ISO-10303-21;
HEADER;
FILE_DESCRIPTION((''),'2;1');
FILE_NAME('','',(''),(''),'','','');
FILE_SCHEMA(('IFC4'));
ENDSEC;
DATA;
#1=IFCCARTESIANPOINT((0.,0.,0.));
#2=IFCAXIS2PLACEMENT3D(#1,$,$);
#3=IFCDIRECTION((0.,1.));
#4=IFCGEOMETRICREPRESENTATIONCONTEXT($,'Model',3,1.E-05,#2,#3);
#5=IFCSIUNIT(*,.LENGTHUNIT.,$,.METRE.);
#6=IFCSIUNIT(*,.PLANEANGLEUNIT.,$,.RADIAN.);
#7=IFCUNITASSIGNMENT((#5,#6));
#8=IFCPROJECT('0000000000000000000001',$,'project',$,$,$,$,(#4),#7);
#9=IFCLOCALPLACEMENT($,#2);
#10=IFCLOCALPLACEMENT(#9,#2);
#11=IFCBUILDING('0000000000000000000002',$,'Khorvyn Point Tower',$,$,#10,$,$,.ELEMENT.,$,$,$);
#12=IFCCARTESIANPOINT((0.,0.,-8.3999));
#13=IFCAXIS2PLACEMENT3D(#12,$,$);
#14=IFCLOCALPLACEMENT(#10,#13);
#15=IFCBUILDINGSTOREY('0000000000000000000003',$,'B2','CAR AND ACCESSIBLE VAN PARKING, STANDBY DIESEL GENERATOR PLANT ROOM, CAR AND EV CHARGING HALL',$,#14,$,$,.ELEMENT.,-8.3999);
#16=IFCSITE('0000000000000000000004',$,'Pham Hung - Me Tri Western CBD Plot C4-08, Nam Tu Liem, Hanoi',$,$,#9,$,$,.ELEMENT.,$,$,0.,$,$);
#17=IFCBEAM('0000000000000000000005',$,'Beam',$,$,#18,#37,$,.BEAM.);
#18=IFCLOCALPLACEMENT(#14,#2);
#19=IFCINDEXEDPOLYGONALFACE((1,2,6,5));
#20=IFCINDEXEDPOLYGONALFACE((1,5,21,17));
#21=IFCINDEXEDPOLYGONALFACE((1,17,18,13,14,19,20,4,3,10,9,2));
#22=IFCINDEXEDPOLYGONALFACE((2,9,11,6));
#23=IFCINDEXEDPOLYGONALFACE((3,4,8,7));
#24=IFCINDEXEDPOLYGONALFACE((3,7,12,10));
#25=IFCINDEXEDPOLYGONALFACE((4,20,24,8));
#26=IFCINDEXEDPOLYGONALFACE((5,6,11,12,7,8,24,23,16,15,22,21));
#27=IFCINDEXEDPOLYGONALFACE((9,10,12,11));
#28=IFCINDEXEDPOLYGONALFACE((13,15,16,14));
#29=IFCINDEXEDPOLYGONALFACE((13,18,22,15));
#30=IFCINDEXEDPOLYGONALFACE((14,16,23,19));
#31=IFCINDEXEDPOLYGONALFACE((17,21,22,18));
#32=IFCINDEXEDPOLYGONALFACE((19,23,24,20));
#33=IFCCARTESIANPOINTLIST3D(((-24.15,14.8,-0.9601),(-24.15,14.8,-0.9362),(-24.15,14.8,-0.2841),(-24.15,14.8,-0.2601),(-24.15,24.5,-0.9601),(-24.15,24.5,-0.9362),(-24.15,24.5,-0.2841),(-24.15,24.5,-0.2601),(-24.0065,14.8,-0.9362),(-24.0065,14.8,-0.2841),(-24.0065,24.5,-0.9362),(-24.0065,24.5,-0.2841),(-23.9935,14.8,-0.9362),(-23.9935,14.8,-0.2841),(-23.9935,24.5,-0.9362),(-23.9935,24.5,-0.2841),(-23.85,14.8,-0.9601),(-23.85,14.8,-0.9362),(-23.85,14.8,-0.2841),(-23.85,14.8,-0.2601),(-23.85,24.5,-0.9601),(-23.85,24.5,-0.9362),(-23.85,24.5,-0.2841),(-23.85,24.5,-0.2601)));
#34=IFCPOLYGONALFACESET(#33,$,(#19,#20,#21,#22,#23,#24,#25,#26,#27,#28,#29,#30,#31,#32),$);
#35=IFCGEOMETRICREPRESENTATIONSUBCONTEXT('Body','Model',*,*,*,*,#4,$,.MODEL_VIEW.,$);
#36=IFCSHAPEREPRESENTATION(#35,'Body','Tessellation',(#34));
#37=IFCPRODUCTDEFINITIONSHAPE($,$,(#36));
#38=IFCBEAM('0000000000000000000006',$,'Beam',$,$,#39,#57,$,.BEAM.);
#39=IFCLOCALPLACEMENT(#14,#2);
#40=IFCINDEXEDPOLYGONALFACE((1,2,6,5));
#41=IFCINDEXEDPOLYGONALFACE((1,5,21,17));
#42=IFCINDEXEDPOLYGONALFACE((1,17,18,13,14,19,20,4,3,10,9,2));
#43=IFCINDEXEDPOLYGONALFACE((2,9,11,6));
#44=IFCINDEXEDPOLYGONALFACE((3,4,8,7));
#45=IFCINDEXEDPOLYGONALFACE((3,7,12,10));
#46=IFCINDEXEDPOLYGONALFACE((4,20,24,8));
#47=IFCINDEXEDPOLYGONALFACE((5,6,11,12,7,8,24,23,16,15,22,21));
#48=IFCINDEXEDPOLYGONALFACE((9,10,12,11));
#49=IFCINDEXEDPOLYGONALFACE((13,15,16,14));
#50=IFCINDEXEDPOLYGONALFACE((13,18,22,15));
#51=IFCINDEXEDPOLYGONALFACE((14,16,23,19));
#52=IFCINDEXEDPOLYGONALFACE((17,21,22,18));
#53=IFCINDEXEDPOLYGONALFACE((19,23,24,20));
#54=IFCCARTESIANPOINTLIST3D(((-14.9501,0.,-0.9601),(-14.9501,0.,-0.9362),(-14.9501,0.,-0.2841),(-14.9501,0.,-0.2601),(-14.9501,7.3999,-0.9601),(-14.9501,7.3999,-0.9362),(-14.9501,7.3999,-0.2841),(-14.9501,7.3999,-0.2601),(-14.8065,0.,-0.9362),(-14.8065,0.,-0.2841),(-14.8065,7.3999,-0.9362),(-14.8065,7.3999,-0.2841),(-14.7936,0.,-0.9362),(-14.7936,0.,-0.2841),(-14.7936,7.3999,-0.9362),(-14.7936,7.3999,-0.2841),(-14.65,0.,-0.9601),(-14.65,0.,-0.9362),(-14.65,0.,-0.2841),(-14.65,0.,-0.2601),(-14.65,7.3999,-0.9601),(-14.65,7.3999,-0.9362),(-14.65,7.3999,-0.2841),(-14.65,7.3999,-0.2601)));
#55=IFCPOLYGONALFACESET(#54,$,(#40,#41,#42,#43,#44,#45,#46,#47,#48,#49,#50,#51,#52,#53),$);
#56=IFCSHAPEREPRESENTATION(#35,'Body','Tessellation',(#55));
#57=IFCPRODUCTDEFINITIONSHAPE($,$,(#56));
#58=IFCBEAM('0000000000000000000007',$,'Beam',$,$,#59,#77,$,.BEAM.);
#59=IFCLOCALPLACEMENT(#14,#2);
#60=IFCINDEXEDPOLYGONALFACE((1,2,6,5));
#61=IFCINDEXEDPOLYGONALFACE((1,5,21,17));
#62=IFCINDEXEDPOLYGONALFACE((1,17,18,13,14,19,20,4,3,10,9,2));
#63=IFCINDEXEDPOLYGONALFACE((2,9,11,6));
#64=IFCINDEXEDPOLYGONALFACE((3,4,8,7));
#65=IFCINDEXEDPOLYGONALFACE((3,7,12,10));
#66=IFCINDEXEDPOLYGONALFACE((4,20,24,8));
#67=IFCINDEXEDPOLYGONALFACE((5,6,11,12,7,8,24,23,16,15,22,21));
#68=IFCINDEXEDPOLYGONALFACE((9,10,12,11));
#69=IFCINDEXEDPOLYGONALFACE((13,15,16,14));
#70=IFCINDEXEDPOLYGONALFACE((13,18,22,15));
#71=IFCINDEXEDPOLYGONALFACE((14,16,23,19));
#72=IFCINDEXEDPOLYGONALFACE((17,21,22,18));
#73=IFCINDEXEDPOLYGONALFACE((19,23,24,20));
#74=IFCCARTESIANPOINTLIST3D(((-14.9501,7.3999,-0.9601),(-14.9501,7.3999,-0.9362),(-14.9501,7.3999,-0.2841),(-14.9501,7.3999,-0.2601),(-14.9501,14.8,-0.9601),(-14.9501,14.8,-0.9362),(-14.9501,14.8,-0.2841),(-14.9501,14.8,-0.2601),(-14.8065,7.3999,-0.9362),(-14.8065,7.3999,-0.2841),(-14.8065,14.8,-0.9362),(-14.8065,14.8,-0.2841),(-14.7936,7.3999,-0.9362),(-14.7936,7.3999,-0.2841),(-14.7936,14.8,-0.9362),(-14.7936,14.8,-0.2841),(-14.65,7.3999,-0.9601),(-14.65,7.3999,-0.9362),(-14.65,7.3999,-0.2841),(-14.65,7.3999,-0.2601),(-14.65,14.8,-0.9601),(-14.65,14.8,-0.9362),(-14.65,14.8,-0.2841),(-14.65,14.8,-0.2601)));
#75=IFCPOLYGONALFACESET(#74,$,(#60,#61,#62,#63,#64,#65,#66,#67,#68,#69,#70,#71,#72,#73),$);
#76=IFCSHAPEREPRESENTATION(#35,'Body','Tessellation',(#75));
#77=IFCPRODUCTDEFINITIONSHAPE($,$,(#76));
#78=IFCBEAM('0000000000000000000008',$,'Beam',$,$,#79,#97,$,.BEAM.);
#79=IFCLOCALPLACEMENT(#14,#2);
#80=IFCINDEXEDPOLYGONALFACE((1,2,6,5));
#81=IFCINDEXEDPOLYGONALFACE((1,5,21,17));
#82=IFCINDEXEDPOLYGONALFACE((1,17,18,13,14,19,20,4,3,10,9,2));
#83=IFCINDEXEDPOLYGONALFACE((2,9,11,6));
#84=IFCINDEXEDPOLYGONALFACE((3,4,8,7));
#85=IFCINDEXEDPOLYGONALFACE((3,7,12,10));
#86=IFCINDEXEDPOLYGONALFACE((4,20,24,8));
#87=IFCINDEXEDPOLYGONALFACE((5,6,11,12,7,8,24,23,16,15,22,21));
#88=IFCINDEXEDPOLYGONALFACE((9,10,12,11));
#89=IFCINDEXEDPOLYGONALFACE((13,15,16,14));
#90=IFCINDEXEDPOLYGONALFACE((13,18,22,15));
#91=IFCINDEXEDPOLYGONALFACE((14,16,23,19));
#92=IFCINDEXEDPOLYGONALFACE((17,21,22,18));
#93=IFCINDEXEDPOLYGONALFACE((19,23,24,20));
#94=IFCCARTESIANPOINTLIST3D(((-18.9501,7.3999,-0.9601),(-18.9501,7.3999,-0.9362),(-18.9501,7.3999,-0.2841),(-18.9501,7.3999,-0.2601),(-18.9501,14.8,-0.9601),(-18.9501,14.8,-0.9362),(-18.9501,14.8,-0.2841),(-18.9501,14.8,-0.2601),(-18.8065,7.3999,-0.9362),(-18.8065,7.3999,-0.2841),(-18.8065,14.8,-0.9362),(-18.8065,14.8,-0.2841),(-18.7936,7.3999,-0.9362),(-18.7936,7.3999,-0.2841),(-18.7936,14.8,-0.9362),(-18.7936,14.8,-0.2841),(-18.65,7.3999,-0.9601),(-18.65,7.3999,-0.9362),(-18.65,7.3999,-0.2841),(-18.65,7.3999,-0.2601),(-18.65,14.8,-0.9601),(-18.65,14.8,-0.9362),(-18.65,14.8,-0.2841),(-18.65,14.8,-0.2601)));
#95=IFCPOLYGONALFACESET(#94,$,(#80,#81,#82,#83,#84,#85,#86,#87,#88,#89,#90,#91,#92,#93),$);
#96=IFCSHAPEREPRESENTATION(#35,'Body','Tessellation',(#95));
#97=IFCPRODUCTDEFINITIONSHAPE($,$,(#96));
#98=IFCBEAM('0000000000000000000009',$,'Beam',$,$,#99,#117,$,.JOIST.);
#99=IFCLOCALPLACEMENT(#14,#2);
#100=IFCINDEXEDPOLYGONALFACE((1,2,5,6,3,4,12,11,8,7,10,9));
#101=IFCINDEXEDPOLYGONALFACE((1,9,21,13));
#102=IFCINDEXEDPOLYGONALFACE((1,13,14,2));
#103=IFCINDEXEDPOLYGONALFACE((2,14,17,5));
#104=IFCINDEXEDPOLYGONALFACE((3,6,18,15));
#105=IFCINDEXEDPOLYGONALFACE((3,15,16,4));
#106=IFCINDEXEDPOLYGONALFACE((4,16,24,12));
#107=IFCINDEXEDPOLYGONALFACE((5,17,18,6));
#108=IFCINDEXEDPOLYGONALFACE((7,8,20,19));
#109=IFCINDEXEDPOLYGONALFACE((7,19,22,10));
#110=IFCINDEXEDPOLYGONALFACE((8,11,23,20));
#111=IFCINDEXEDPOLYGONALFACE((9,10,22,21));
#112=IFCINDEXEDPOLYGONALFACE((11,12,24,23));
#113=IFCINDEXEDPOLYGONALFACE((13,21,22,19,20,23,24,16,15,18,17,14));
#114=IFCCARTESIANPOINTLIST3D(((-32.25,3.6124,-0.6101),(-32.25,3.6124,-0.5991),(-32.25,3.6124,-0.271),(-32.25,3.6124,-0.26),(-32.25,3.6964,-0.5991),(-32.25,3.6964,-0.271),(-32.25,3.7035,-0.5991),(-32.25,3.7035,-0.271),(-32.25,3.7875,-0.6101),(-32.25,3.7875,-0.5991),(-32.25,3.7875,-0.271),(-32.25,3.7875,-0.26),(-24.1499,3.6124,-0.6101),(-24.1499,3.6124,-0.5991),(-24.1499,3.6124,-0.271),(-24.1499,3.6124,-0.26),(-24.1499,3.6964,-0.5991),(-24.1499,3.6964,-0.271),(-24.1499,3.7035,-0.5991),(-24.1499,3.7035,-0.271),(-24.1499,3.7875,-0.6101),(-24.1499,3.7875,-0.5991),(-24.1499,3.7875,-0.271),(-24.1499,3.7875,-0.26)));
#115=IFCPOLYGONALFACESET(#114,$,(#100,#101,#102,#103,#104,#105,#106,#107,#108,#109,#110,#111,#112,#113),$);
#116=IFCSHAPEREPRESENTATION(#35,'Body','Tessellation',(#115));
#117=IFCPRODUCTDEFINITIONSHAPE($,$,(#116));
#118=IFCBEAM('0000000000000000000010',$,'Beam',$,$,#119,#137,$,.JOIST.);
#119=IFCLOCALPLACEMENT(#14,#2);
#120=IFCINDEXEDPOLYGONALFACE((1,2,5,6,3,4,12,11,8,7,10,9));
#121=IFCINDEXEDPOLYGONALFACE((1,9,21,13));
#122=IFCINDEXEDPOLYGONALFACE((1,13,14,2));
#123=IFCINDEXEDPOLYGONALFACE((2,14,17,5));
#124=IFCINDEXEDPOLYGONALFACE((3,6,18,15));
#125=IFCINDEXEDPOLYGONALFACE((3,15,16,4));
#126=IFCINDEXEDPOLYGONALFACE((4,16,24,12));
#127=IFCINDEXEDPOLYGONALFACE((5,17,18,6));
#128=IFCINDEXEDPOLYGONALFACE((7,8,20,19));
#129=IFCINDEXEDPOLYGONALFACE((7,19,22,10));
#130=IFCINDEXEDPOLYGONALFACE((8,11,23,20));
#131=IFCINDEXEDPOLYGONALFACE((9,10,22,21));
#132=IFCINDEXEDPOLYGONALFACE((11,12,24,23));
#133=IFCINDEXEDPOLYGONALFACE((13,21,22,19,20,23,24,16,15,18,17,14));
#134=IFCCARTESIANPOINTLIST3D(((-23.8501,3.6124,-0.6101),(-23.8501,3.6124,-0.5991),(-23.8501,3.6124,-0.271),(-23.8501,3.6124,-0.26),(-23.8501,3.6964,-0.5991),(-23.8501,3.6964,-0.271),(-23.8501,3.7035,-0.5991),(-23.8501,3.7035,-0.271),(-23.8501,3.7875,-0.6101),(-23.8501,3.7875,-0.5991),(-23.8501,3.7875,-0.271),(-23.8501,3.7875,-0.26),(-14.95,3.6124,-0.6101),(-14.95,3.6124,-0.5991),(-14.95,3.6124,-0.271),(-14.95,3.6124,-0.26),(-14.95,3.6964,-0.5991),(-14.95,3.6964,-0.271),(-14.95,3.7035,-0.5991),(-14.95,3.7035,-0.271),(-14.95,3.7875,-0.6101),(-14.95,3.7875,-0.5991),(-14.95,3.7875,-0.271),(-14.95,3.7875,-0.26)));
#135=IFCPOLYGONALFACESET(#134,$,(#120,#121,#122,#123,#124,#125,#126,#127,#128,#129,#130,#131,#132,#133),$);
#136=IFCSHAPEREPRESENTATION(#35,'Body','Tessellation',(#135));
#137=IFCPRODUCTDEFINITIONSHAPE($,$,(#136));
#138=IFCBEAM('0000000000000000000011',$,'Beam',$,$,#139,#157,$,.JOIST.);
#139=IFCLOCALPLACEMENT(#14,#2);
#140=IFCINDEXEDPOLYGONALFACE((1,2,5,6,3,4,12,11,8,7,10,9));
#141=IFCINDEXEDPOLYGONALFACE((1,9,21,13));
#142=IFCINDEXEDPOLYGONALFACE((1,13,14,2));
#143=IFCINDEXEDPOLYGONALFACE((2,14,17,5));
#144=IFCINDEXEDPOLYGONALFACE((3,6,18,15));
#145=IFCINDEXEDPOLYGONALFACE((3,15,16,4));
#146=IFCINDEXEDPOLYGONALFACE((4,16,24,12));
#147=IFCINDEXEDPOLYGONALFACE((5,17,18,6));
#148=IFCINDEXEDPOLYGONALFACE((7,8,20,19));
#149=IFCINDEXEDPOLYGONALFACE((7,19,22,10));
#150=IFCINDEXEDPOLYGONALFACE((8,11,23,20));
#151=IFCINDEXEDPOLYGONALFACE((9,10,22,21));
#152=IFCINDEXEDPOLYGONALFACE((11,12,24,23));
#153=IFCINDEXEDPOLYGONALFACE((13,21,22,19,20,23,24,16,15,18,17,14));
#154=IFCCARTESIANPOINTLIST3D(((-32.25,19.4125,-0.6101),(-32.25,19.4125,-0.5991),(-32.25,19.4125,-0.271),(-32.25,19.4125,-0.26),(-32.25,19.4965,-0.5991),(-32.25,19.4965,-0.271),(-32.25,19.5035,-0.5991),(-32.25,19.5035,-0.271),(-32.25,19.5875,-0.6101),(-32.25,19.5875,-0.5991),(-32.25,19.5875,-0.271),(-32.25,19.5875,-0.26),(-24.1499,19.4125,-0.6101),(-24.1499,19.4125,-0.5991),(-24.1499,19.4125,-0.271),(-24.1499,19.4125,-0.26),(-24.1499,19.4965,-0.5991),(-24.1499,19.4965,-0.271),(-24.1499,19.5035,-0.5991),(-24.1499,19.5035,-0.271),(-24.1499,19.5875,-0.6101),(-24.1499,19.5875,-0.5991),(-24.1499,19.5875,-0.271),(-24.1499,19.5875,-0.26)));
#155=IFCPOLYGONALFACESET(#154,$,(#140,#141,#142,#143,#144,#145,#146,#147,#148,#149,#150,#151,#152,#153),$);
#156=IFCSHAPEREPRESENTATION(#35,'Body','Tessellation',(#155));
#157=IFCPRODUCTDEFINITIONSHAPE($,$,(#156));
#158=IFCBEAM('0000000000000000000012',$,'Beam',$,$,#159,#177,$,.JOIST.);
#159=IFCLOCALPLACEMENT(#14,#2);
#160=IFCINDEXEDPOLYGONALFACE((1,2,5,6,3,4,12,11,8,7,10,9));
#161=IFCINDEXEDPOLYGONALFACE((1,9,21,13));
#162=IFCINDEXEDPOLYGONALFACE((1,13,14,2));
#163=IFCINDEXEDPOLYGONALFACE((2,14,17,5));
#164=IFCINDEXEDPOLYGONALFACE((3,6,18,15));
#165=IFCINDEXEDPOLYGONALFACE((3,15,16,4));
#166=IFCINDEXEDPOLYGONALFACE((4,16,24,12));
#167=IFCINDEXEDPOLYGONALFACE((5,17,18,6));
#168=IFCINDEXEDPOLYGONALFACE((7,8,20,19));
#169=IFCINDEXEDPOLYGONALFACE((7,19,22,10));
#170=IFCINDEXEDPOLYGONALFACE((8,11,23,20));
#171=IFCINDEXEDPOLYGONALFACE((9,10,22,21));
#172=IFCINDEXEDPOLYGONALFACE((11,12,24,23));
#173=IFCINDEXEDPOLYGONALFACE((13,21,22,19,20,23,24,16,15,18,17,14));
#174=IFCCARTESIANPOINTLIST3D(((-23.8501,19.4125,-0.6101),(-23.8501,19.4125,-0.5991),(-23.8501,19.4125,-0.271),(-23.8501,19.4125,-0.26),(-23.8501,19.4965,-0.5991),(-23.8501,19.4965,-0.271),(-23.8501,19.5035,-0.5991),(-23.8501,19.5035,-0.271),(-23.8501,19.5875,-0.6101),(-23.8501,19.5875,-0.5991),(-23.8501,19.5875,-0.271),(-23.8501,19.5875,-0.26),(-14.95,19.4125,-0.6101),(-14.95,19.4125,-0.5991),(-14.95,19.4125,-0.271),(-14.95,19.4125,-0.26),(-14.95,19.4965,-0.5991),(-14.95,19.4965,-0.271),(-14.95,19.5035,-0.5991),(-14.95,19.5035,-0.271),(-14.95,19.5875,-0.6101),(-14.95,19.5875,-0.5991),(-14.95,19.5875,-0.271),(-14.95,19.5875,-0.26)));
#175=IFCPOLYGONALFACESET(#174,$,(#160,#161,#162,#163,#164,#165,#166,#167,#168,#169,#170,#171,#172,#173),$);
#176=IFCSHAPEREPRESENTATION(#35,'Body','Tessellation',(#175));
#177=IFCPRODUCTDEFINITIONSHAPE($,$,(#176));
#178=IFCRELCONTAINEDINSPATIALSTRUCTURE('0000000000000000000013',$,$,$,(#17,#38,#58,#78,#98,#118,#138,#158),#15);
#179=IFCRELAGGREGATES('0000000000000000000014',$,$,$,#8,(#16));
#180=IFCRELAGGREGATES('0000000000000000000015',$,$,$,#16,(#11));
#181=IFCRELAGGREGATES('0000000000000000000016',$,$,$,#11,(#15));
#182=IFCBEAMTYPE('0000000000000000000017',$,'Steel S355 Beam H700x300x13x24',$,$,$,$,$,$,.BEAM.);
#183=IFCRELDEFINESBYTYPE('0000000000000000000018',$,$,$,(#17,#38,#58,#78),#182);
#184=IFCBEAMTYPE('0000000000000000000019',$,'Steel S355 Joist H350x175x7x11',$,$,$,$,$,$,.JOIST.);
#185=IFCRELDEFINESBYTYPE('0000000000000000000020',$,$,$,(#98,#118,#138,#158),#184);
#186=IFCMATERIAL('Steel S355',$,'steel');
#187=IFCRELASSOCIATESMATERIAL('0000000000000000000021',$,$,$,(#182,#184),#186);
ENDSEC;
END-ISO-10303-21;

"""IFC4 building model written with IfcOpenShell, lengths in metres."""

from ifc_helpers import new_model, si_unit, direction, frame, origin, origin_2d, place, context, subcontext, project, spatial, i_section, extrude, material, material_profile, profile_set, type_object, element, save


model = new_model("IFC4")

# Units and contexts
model_context = context("Model", 3, precision=1e-05, world=origin(), true_north=direction((0.0, 1.0)))
body_context = subcontext(model_context, "Body", "Model", "MODEL_VIEW")
ifc_project = project(units=[si_unit("LENGTHUNIT", "METRE"), si_unit("PLANEANGLEUNIT", "RADIAN")], contexts=[model_context])

# Site, building, storey
site_placement = place(None, origin())
site = spatial("IfcSite", under=ifc_project, at=site_placement, Name="Pham Hung - Me Tri Western CBD Plot C4-08, Nam Tu Liem, Hanoi", CompositionType="ELEMENT", RefElevation=0.0)
building_placement = place(site_placement, origin())
building = spatial("IfcBuilding", under=site, at=building_placement, Name="Khorvyn Point Tower", CompositionType="ELEMENT")
storey_placement = place(building_placement, frame((0.0, 0.0, -8.3999)))
storey = spatial("IfcBuildingStorey", under=building, at=storey_placement, Name="B2", Description="CAR AND ACCESSIBLE VAN PARKING, STANDBY DIESEL GENERATOR PLANT ROOM, CAR AND EV CHARGING HALL", CompositionType="ELEMENT", Elevation=-8.3999)

# Beams
ifc_material_1 = material(Name="Steel S355", Category="steel")
ifc_material_profile_1 = material_profile(ifc_material_1, i_section(OverallWidth=0.3, OverallDepth=0.7, WebThickness=0.0129, FlangeThickness=0.0239, at=origin_2d()))
ifc_profile_set_1 = profile_set([ifc_material_profile_1], Name="Steel S355 H700x300x13x24")
beam_type_1 = type_object("IfcBeamType", Name="Steel S355 Beam H700x300x13x24", PredefinedType="BEAM", material=ifc_profile_set_1)
beam_1_placement = place(storey_placement, frame((-24.0, 14.8, -0.6101), z_axis=(0.0, 1.0, 0.0), x_axis=(-1.0, 0.0, 0.0)))
element("IfcBeam", 1, at=beam_1_placement, inside=storey, type_object=beam_type_1, Name="Beam", PredefinedType="BEAM", context=body_context, shape_type="SweptSolid", body=[
    extrude(i_section(OverallWidth=0.3, OverallDepth=0.7, WebThickness=0.0129, FlangeThickness=0.0239, at=origin_2d()), origin(), (0.0, 0.0, 1.0), 9.7),
])
beam_2_placement = place(storey_placement, frame((-14.8, 0.0, -0.6101), z_axis=(0.0, 1.0, 0.0), x_axis=(-1.0, 0.0, 0.0)))
element("IfcBeam", 2, at=beam_2_placement, inside=storey, type_object=beam_type_1, Name="Beam", PredefinedType="BEAM", context=body_context, shape_type="SweptSolid", body=[
    extrude(i_section(OverallWidth=0.3, OverallDepth=0.7, WebThickness=0.0129, FlangeThickness=0.0239, at=origin_2d()), origin(), (0.0, 0.0, 1.0), 7.3999),
])
for number, where, z_axis, x_axis, name in (
    (3, (-14.8, 7.3999, -0.6101), (0.0, 1.0, 0.0), (-1.0, 0.0, 0.0), "Beam"),
    (4, (-18.8, 7.3999, -0.6101), (0.0, 1.0, 0.0), (-1.0, 0.0, 0.0), "Beam"),
):
    element("IfcBeam", number, at=place(storey_placement, frame(where, z_axis=z_axis, x_axis=x_axis)), inside=storey, type_object=beam_type_1, Name=name, PredefinedType="BEAM", context=body_context, shape_type="SweptSolid", body=[
        extrude(i_section(OverallWidth=0.3, OverallDepth=0.7, WebThickness=0.0129, FlangeThickness=0.0239, at=origin_2d()), origin(), (0.0, 0.0, 1.0), 7.4001),
    ])
ifc_material_profile_2 = material_profile(ifc_material_1, i_section(OverallWidth=0.175, OverallDepth=0.3501, WebThickness=0.0071, FlangeThickness=0.011, at=origin_2d()))
ifc_profile_set_2 = profile_set([ifc_material_profile_2], Name="Steel S355 H350x175x7x11")
beam_type_2 = type_object("IfcBeamType", Name="Steel S355 Joist H350x175x7x11", PredefinedType="JOIST", material=ifc_profile_set_2)
beam_3_placement = place(storey_placement, frame((-32.25, 3.7, -0.4351), z_axis=(1.0, 0.0, 0.0), x_axis=(0.0, 1.0, 0.0)))
element("IfcBeam", 5, at=beam_3_placement, inside=storey, type_object=beam_type_2, Name="Beam", PredefinedType="JOIST", context=body_context, shape_type="SweptSolid", body=[
    extrude(i_section(OverallWidth=0.175, OverallDepth=0.3501, WebThickness=0.0071, FlangeThickness=0.011, at=origin_2d()), origin(), (0.0, 0.0, 1.0), 8.1001),
])
beam_4_placement = place(storey_placement, frame((-23.8501, 3.7, -0.4351), z_axis=(1.0, 0.0, 0.0), x_axis=(0.0, 1.0, 0.0)))
element("IfcBeam", 6, at=beam_4_placement, inside=storey, type_object=beam_type_2, Name="Beam", PredefinedType="JOIST", context=body_context, shape_type="SweptSolid", body=[
    extrude(i_section(OverallWidth=0.175, OverallDepth=0.3501, WebThickness=0.0071, FlangeThickness=0.011, at=origin_2d()), origin(), (0.0, 0.0, 1.0), 8.9001),
])
beam_5_placement = place(storey_placement, frame((-32.25, 19.5, -0.4351), z_axis=(1.0, 0.0, 0.0), x_axis=(0.0, 1.0, 0.0)))
element("IfcBeam", 7, at=beam_5_placement, inside=storey, type_object=beam_type_2, Name="Beam", PredefinedType="JOIST", context=body_context, shape_type="SweptSolid", body=[
    extrude(i_section(OverallWidth=0.175, OverallDepth=0.3501, WebThickness=0.0071, FlangeThickness=0.011, at=origin_2d()), origin(), (0.0, 0.0, 1.0), 8.1001),
])
beam_6_placement = place(storey_placement, frame((-23.8501, 19.5, -0.4351), z_axis=(1.0, 0.0, 0.0), x_axis=(0.0, 1.0, 0.0)))
element("IfcBeam", 8, at=beam_6_placement, inside=storey, type_object=beam_type_2, Name="Beam", PredefinedType="JOIST", context=body_context, shape_type="SweptSolid", body=[
    extrude(i_section(OverallWidth=0.175, OverallDepth=0.3501, WebThickness=0.0071, FlangeThickness=0.011, at=origin_2d()), origin(), (0.0, 0.0, 1.0), 8.9001),
])

save(model, "model.ifc")
